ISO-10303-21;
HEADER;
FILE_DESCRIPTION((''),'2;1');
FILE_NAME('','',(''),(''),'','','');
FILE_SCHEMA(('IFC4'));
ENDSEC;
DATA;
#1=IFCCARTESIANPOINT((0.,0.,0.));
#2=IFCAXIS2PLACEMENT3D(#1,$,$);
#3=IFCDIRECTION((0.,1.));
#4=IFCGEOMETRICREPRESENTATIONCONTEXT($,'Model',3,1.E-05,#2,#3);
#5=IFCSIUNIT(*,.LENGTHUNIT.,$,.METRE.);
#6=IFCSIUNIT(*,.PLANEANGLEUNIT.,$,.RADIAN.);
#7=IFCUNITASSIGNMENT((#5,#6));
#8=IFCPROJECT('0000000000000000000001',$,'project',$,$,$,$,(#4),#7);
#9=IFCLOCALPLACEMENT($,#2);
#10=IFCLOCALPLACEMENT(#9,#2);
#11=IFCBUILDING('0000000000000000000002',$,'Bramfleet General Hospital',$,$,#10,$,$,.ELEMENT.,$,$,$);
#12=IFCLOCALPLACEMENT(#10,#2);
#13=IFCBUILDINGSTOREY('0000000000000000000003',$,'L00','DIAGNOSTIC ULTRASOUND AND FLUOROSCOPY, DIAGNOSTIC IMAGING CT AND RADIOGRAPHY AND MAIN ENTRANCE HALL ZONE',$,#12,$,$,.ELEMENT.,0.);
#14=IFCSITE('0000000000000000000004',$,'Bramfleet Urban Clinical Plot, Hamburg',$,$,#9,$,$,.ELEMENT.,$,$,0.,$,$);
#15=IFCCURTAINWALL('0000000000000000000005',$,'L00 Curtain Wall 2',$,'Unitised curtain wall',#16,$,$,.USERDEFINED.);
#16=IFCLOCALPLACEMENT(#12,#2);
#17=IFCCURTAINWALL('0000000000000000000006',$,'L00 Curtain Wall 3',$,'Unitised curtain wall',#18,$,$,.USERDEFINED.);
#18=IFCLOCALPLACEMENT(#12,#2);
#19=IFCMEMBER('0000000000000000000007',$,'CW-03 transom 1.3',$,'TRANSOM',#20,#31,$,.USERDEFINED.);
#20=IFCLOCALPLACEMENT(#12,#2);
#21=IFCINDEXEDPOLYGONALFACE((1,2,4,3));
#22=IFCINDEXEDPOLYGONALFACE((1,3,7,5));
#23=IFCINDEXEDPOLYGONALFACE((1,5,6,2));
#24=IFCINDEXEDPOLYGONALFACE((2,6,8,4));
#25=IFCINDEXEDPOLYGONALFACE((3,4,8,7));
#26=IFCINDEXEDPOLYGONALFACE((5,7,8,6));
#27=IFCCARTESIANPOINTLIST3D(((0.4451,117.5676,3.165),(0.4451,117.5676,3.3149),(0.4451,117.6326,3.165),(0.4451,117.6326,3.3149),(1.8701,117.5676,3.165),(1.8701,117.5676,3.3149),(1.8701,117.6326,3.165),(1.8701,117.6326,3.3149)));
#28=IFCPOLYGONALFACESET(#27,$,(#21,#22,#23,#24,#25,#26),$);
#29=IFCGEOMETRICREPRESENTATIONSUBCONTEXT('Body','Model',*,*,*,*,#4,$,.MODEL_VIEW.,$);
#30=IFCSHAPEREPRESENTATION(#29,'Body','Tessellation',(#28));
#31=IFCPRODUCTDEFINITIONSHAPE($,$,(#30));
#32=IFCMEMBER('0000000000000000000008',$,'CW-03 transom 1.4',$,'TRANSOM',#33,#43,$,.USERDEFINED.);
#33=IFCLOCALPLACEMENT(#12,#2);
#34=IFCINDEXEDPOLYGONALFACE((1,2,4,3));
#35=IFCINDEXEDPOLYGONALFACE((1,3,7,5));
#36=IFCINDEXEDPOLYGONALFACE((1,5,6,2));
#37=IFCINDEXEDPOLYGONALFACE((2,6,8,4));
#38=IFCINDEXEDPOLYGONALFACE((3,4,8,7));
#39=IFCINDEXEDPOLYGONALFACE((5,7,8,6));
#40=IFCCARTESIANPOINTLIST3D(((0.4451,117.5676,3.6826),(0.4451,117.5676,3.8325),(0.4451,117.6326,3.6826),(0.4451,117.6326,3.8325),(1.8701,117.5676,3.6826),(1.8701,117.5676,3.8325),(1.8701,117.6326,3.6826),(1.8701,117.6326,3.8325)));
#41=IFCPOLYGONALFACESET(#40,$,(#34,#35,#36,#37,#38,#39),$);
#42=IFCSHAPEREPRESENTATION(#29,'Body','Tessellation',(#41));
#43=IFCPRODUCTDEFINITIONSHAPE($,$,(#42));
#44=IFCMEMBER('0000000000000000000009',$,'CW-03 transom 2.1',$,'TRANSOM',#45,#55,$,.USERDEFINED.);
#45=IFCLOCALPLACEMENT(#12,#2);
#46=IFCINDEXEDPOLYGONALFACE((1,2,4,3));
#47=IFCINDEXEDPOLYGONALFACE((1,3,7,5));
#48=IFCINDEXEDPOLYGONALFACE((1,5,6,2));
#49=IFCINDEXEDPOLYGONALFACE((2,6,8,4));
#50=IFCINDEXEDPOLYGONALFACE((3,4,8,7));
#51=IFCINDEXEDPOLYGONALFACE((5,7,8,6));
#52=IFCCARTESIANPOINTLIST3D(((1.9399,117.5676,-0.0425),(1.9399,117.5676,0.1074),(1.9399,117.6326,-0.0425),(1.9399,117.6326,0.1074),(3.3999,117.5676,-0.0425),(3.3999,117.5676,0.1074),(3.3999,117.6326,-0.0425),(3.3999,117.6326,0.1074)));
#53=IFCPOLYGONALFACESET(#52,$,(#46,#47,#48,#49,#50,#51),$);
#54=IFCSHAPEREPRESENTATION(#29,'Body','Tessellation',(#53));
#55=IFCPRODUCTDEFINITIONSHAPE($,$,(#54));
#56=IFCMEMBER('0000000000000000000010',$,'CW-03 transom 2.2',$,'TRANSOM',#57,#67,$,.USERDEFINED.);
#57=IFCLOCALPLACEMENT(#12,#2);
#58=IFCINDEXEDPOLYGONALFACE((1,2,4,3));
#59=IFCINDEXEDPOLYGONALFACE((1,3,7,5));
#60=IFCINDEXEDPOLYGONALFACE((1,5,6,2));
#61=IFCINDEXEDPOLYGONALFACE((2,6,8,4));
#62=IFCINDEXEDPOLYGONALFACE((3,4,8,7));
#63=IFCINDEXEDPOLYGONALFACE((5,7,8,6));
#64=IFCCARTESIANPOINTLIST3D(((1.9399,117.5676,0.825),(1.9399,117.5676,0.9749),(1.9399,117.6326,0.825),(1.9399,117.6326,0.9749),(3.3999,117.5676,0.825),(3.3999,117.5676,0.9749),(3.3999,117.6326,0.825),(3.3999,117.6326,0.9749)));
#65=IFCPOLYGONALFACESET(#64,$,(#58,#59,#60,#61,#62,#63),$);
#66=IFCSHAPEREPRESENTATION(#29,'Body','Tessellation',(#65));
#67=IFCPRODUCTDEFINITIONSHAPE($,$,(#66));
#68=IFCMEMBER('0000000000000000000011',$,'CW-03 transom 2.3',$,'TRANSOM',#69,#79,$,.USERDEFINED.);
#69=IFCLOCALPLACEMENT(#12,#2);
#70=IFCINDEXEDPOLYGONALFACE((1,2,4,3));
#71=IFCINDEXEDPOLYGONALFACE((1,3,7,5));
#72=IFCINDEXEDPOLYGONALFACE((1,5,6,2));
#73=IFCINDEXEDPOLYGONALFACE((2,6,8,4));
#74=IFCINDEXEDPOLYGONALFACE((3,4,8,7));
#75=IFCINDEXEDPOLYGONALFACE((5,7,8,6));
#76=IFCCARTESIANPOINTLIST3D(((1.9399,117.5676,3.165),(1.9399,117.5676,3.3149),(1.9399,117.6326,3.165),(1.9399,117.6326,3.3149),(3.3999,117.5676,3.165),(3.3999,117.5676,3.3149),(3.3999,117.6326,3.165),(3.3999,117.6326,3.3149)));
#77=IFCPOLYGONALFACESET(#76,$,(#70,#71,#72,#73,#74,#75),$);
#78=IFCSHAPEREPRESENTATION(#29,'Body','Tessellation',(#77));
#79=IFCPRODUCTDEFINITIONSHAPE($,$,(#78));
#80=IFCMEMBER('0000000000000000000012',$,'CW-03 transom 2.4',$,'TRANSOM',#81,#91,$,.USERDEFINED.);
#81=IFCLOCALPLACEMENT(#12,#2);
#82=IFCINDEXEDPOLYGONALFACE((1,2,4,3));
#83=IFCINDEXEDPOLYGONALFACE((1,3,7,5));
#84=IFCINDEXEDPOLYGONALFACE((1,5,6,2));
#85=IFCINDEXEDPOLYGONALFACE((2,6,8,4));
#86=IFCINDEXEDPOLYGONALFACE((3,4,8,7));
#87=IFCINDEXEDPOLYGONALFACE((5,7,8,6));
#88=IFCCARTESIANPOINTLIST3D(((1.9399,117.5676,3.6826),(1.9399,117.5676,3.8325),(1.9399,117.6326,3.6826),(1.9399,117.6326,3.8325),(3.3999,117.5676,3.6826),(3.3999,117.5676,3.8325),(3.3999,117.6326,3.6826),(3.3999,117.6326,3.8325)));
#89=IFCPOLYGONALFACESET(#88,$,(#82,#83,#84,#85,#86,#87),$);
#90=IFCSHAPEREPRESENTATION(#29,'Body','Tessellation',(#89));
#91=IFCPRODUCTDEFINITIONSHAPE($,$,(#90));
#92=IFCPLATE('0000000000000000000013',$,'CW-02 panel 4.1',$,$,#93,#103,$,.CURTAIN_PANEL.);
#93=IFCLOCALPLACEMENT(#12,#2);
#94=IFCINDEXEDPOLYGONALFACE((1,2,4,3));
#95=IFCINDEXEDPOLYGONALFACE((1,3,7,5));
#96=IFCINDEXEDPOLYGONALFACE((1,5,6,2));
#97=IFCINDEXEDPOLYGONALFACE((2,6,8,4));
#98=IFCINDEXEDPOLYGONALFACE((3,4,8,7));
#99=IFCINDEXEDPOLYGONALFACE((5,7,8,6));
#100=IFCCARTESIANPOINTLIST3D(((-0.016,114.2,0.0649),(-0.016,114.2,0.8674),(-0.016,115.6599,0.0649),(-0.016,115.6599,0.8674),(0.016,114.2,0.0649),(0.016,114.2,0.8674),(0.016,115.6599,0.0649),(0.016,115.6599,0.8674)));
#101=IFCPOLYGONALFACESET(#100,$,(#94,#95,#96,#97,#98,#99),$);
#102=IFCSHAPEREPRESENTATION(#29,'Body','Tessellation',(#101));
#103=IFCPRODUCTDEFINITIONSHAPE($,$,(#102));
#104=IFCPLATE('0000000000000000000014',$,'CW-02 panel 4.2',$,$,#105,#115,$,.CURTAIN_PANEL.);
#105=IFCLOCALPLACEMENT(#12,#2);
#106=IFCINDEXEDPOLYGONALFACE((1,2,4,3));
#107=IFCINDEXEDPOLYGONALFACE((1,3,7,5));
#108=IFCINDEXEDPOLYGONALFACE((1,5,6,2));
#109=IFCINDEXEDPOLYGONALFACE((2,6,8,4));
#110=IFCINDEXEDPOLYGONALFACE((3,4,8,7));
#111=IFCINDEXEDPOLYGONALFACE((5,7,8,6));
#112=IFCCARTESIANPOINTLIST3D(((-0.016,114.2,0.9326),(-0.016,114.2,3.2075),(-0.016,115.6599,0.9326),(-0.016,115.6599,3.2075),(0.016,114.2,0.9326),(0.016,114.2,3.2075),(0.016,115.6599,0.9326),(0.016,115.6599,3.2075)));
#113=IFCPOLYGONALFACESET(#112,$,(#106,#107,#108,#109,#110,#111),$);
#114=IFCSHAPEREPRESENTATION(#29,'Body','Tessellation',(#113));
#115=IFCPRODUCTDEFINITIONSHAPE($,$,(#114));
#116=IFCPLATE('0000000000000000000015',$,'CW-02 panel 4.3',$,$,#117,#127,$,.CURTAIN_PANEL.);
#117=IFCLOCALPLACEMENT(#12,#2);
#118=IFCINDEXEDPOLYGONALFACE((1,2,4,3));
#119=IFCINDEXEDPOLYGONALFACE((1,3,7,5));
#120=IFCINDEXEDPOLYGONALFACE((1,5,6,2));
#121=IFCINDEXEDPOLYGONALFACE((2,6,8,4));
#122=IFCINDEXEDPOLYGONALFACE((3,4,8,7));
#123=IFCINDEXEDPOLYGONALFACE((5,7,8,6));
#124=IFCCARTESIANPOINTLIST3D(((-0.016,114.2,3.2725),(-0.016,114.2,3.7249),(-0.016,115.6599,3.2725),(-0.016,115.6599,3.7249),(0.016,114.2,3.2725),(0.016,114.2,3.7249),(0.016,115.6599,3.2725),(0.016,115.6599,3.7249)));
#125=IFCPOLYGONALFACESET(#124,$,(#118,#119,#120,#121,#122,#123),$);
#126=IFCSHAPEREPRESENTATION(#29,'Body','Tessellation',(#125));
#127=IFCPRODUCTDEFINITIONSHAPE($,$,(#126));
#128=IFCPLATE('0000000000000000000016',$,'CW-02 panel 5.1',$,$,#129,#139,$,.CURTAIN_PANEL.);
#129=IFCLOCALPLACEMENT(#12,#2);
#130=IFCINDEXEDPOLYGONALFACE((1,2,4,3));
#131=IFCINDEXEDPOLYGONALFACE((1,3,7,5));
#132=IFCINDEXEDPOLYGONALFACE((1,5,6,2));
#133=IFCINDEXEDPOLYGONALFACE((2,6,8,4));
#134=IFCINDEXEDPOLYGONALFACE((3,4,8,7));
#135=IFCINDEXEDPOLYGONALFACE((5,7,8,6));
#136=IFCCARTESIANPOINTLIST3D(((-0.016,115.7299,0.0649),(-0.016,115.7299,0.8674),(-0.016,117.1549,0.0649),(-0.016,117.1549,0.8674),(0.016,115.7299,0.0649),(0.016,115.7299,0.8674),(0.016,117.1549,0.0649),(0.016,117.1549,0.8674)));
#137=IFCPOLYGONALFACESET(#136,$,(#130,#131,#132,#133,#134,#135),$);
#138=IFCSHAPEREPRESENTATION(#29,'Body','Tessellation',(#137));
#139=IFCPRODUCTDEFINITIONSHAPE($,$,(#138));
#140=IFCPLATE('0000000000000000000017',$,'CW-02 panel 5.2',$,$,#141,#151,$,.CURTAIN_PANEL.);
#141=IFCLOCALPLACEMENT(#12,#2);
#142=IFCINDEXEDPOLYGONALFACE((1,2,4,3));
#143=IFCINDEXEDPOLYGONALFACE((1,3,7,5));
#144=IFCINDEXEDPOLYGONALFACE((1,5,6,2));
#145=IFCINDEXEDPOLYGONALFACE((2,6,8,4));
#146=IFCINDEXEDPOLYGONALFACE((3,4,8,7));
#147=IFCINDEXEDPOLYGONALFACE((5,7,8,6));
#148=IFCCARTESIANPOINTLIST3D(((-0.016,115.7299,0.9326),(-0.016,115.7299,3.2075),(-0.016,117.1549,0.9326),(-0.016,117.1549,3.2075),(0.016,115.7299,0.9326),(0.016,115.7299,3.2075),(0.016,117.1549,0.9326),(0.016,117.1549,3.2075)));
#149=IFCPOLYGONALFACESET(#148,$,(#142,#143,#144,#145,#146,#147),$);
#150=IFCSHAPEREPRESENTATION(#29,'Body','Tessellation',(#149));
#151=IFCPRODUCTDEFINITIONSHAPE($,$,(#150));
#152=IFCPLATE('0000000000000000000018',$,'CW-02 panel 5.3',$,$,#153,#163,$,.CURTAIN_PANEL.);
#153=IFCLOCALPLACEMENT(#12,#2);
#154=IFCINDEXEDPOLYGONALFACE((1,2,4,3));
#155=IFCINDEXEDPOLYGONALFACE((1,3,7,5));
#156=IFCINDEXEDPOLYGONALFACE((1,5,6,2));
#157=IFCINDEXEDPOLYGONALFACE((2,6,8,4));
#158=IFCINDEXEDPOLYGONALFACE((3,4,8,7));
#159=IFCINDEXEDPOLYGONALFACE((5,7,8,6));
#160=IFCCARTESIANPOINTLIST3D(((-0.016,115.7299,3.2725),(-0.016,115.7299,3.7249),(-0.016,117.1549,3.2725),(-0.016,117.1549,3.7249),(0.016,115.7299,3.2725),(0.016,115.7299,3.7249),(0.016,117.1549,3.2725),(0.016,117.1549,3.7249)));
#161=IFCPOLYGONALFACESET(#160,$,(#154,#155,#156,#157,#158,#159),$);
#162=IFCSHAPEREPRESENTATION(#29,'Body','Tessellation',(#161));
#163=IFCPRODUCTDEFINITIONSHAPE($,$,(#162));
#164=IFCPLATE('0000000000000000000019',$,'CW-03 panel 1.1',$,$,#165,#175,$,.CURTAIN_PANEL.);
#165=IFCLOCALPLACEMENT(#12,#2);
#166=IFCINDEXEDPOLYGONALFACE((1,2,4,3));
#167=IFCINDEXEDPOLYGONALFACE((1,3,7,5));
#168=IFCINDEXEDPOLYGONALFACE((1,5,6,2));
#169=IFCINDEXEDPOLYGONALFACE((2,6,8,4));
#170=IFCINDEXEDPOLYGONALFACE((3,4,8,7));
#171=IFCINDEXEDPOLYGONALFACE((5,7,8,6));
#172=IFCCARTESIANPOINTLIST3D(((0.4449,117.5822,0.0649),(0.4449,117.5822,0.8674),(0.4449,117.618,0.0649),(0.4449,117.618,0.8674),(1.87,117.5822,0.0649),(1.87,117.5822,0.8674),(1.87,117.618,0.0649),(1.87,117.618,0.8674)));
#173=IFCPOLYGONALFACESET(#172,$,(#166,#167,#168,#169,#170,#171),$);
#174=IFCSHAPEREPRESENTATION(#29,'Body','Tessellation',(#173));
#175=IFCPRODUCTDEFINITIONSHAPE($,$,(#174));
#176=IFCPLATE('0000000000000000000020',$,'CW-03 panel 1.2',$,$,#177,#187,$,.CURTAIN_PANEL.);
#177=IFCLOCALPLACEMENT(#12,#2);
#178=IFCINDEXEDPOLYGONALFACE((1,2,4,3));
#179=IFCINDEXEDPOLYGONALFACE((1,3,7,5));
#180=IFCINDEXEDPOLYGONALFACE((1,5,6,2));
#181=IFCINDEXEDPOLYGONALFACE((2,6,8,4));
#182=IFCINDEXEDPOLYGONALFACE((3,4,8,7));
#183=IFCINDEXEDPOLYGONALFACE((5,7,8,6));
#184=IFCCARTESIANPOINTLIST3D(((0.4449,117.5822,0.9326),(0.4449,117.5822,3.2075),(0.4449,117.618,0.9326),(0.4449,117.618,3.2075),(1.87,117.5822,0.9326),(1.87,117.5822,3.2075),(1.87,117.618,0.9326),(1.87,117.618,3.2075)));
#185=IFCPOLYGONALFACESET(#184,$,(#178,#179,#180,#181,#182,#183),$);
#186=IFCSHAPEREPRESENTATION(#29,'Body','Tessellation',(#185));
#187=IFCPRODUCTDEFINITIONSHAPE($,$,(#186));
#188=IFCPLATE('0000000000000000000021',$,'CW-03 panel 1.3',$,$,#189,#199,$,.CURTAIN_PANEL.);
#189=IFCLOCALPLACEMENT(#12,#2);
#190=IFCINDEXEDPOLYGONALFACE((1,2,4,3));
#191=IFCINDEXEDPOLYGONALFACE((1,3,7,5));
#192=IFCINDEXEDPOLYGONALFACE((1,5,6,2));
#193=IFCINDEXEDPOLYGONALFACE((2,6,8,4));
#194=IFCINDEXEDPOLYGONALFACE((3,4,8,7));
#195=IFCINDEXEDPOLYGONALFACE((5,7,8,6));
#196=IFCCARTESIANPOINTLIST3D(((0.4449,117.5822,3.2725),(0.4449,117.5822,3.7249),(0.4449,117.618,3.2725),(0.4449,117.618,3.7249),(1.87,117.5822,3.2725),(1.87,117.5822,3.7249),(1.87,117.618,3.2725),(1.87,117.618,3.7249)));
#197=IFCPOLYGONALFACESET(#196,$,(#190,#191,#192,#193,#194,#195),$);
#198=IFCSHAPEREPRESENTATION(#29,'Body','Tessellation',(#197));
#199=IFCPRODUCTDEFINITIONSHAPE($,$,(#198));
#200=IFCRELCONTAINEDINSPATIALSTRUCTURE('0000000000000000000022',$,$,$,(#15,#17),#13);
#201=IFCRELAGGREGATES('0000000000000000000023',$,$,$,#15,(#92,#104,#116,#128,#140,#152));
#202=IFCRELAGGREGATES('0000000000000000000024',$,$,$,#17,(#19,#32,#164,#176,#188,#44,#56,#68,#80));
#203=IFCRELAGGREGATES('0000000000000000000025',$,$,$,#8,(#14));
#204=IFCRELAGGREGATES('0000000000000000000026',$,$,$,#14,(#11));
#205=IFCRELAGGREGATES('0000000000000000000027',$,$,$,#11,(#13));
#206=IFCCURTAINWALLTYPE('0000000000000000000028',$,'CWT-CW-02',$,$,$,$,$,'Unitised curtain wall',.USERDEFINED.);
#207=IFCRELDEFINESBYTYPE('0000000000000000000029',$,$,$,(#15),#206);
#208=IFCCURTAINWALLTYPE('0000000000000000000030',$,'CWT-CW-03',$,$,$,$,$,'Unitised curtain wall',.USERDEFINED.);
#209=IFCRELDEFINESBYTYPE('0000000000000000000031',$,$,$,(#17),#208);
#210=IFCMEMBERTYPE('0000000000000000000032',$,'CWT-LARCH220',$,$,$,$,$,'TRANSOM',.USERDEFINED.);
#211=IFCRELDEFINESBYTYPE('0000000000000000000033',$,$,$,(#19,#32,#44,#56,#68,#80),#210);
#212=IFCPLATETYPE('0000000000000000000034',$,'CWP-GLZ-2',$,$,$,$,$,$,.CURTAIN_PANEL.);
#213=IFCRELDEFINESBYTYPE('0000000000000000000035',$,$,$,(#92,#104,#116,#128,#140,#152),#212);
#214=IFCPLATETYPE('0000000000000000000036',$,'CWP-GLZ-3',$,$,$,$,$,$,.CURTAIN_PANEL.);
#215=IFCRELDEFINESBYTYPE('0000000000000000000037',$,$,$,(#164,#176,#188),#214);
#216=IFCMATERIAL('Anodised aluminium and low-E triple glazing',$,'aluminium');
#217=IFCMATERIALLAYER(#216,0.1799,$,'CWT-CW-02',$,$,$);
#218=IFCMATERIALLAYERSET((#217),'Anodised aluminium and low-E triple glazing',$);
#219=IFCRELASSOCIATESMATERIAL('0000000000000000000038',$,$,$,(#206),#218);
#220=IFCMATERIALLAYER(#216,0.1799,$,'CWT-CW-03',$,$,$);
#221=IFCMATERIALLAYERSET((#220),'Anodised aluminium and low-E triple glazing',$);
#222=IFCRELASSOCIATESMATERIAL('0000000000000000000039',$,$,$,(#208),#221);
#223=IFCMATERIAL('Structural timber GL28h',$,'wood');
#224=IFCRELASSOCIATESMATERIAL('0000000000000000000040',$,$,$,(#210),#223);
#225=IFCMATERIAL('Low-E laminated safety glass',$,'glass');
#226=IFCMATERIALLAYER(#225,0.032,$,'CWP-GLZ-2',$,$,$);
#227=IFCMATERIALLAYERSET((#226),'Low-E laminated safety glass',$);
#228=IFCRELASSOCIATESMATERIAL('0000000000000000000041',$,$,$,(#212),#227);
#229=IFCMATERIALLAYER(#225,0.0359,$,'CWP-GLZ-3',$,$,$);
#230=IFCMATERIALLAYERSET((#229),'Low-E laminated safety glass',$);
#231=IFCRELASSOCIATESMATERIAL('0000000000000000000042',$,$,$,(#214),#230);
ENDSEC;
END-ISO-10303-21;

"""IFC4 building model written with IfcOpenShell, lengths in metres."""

from ifc_helpers import new_model, si_unit, direction, frame, origin, origin_2d, place, context, subcontext, project, spatial, rectangle, extrude, material, layer, layer_set, material_profile, profile_set, type_object, element, aggregate, save


model = new_model("IFC4")

# Units and contexts
model_context = context("Model", 3, precision=1e-05, world=origin(), true_north=direction((0.0, 1.0)))
body_context = subcontext(model_context, "Body", "Model", "MODEL_VIEW")
ifc_project = project(units=[si_unit("LENGTHUNIT", "METRE"), si_unit("PLANEANGLEUNIT", "RADIAN")], contexts=[model_context])

# Site, building, storey
site_placement = place(None, origin())
site = spatial("IfcSite", under=ifc_project, at=site_placement, Name="Bramfleet Urban Clinical Plot, Hamburg", CompositionType="ELEMENT", RefElevation=0.0)
building_placement = place(site_placement, origin())
building = spatial("IfcBuilding", under=site, at=building_placement, Name="Bramfleet General Hospital", CompositionType="ELEMENT")
storey_placement = place(building_placement, origin())
storey = spatial("IfcBuildingStorey", under=building, at=storey_placement, Name="L00", Description="DIAGNOSTIC ULTRASOUND AND FLUOROSCOPY, DIAGNOSTIC IMAGING CT AND RADIOGRAPHY AND MAIN ENTRANCE HALL ZONE", CompositionType="ELEMENT", Elevation=0.0)

# Curtain walls
ifc_material_1 = material(Name="Anodised aluminium and low-E triple glazing", Category="aluminium")
ifc_layer_1 = layer(ifc_material_1, 0.1799, Name="CWT-CW-02")
ifc_layer_set_1 = layer_set([ifc_layer_1], Name="Anodised aluminium and low-E triple glazing")
curtain_wall_type_1 = type_object("IfcCurtainWallType", Name="CWT-CW-02", ElementType="Unitised curtain wall", PredefinedType="USERDEFINED", material=ifc_layer_set_1)
curtain_wall_1_placement = place(storey_placement, origin())
curtain_wall_1 = element("IfcCurtainWall", 1, at=curtain_wall_1_placement, inside=storey, type_object=curtain_wall_type_1, Name="L00 Curtain Wall 2", ObjectType="Unitised curtain wall", PredefinedType="USERDEFINED")
ifc_material_2 = material(Name="Structural timber GL28h", Category="wood")
ifc_layer_2 = layer(ifc_material_1, 0.1799, Name="CWT-CW-03")
ifc_layer_set_2 = layer_set([ifc_layer_2], Name="Anodised aluminium and low-E triple glazing")
curtain_wall_type_2 = type_object("IfcCurtainWallType", Name="CWT-CW-03", ElementType="Unitised curtain wall", PredefinedType="USERDEFINED", material=ifc_layer_set_2)
curtain_wall_2_placement = place(storey_placement, origin())
curtain_wall_2 = element("IfcCurtainWall", 2, at=curtain_wall_2_placement, inside=storey, type_object=curtain_wall_type_2, Name="L00 Curtain Wall 3", ObjectType="Unitised curtain wall", PredefinedType="USERDEFINED")

# Members
ifc_material_profile_1 = material_profile(ifc_material_2, rectangle(XDim=0.0649, YDim=0.1499, at=origin_2d()), Name="LARCH 150x65")
ifc_profile_set_1 = profile_set([ifc_material_profile_1], Name="Structural timber GL28h")
member_type_1 = type_object("IfcMemberType", Name="CWT-LARCH220", ElementType="TRANSOM", PredefinedType="USERDEFINED", material=ifc_profile_set_1)
member_1_placement = place(storey_placement, frame((0.4451, 117.6001, 3.24), z_axis=(1.0, 0.0, 0.0), x_axis=(0.0, 1.0, 0.0)))
member_1 = element("IfcMember", 3, at=member_1_placement, type_object=member_type_1, Name="CW-03 transom 1.3", ObjectType="TRANSOM", PredefinedType="USERDEFINED", context=body_context, shape_type="SweptSolid", body=[
    extrude(rectangle(XDim=0.0649, YDim=0.1499, at=origin_2d()), origin(), (0.0, 0.0, 1.0), 1.425),
])
member_2_placement = place(storey_placement, frame((0.4451, 117.6001, 3.7576), z_axis=(1.0, 0.0, 0.0), x_axis=(0.0, 1.0, 0.0)))
member_2 = element("IfcMember", 4, at=member_2_placement, type_object=member_type_1, Name="CW-03 transom 1.4", ObjectType="TRANSOM", PredefinedType="USERDEFINED", context=body_context, shape_type="SweptSolid", body=[
    extrude(rectangle(XDim=0.0649, YDim=0.1499, at=origin_2d()), origin(), (0.0, 0.0, 1.0), 1.425),
])
member_3_placement = place(storey_placement, frame((1.9399, 117.6001, 0.0325), z_axis=(1.0, 0.0, 0.0), x_axis=(0.0, 1.0, 0.0)))
member_3 = element("IfcMember", 5, at=member_3_placement, type_object=member_type_1, Name="CW-03 transom 2.1", ObjectType="TRANSOM", PredefinedType="USERDEFINED", context=body_context, shape_type="SweptSolid", body=[
    extrude(rectangle(XDim=0.0649, YDim=0.1499, at=origin_2d()), origin(), (0.0, 0.0, 1.0), 1.46),
])
member_4_placement = place(storey_placement, frame((1.9399, 117.6001, 0.8999), z_axis=(1.0, 0.0, 0.0), x_axis=(0.0, 1.0, 0.0)))
member_4 = element("IfcMember", 6, at=member_4_placement, type_object=member_type_1, Name="CW-03 transom 2.2", ObjectType="TRANSOM", PredefinedType="USERDEFINED", context=body_context, shape_type="SweptSolid", body=[
    extrude(rectangle(XDim=0.0649, YDim=0.1499, at=origin_2d()), origin(), (0.0, 0.0, 1.0), 1.46),
])
member_5_placement = place(storey_placement, frame((1.9399, 117.6001, 3.24), z_axis=(1.0, 0.0, 0.0), x_axis=(0.0, 1.0, 0.0)))
member_5 = element("IfcMember", 7, at=member_5_placement, type_object=member_type_1, Name="CW-03 transom 2.3", ObjectType="TRANSOM", PredefinedType="USERDEFINED", context=body_context, shape_type="SweptSolid", body=[
    extrude(rectangle(XDim=0.0649, YDim=0.1499, at=origin_2d()), origin(), (0.0, 0.0, 1.0), 1.46),
])
member_6_placement = place(storey_placement, frame((1.9399, 117.6001, 3.7576), z_axis=(1.0, 0.0, 0.0), x_axis=(0.0, 1.0, 0.0)))
member_6 = element("IfcMember", 8, at=member_6_placement, type_object=member_type_1, Name="CW-03 transom 2.4", ObjectType="TRANSOM", PredefinedType="USERDEFINED", context=body_context, shape_type="SweptSolid", body=[
    extrude(rectangle(XDim=0.0649, YDim=0.1499, at=origin_2d()), origin(), (0.0, 0.0, 1.0), 1.46),
])

# Plates
ifc_material_3 = material(Name="Low-E laminated safety glass", Category="glass")
ifc_layer_3 = layer(ifc_material_3, 0.032, Name="CWP-GLZ-2")
ifc_layer_set_3 = layer_set([ifc_layer_3], Name="Low-E laminated safety glass")
plate_type_1 = type_object("IfcPlateType", Name="CWP-GLZ-2", PredefinedType="CURTAIN_PANEL", material=ifc_layer_set_3)
plate_1_placement = place(storey_placement, frame((0.0, 114.9299, 0.0649), z_axis=(0.0, 0.0, 1.0), x_axis=(0.0, 1.0, 0.0)))
plate_1 = element("IfcPlate", 9, at=plate_1_placement, type_object=plate_type_1, Name="CW-02 panel 4.1", PredefinedType="CURTAIN_PANEL", context=body_context, shape_type="SweptSolid", body=[
    extrude(rectangle(XDim=1.46, YDim=0.032, at=origin_2d()), origin(), (0.0, 0.0, 1.0), 0.8025),
])
plate_2_placement = place(storey_placement, frame((0.0, 114.9299, 0.9326), z_axis=(0.0, 0.0, 1.0), x_axis=(0.0, 1.0, 0.0)))
plate_2 = element("IfcPlate", 10, at=plate_2_placement, type_object=plate_type_1, Name="CW-02 panel 4.2", PredefinedType="CURTAIN_PANEL", context=body_context, shape_type="SweptSolid", body=[
    extrude(rectangle(XDim=1.46, YDim=0.032, at=origin_2d()), origin(), (0.0, 0.0, 1.0), 2.2749),
])
plate_3_placement = place(storey_placement, frame((0.0, 114.9299, 3.2725), z_axis=(0.0, 0.0, 1.0), x_axis=(0.0, 1.0, 0.0)))
plate_3 = element("IfcPlate", 11, at=plate_3_placement, type_object=plate_type_1, Name="CW-02 panel 4.3", PredefinedType="CURTAIN_PANEL", context=body_context, shape_type="SweptSolid", body=[
    extrude(rectangle(XDim=1.46, YDim=0.032, at=origin_2d()), origin(), (0.0, 0.0, 1.0), 0.4524),
])
plate_4_placement = place(storey_placement, frame((0.0, 116.4424, 0.0649), z_axis=(0.0, 0.0, 1.0), x_axis=(0.0, 1.0, 0.0)))
plate_4 = element("IfcPlate", 12, at=plate_4_placement, type_object=plate_type_1, Name="CW-02 panel 5.1", PredefinedType="CURTAIN_PANEL", context=body_context, shape_type="SweptSolid", body=[
    extrude(rectangle(XDim=1.425, YDim=0.032, at=origin_2d()), origin(), (0.0, 0.0, 1.0), 0.8025),
])
plate_5_placement = place(storey_placement, frame((0.0, 116.4424, 0.9326), z_axis=(0.0, 0.0, 1.0), x_axis=(0.0, 1.0, 0.0)))
plate_5 = element("IfcPlate", 13, at=plate_5_placement, type_object=plate_type_1, Name="CW-02 panel 5.2", PredefinedType="CURTAIN_PANEL", context=body_context, shape_type="SweptSolid", body=[
    extrude(rectangle(XDim=1.425, YDim=0.032, at=origin_2d()), origin(), (0.0, 0.0, 1.0), 2.2749),
])
plate_6_placement = place(storey_placement, frame((0.0, 116.4424, 3.2725), z_axis=(0.0, 0.0, 1.0), x_axis=(0.0, 1.0, 0.0)))
plate_6 = element("IfcPlate", 14, at=plate_6_placement, type_object=plate_type_1, Name="CW-02 panel 5.3", PredefinedType="CURTAIN_PANEL", context=body_context, shape_type="SweptSolid", body=[
    extrude(rectangle(XDim=1.425, YDim=0.032, at=origin_2d()), origin(), (0.0, 0.0, 1.0), 0.4524),
])
aggregate(curtain_wall_1, [plate_1, plate_2, plate_3, plate_4, plate_5, plate_6])
ifc_layer_4 = layer(ifc_material_3, 0.0359, Name="CWP-GLZ-3")
ifc_layer_set_4 = layer_set([ifc_layer_4], Name="Low-E laminated safety glass")
plate_type_2 = type_object("IfcPlateType", Name="CWP-GLZ-3", PredefinedType="CURTAIN_PANEL", material=ifc_layer_set_4)
plate_7_placement = place(storey_placement, frame((1.1575, 117.6001, 0.0649), z_axis=(0.0, 0.0, 1.0), x_axis=(1.0, 0.0, 0.0)))
plate_7 = element("IfcPlate", 15, at=plate_7_placement, type_object=plate_type_2, Name="CW-03 panel 1.1", PredefinedType="CURTAIN_PANEL", context=body_context, shape_type="SweptSolid", body=[
    extrude(rectangle(XDim=1.425, YDim=0.0359, at=origin_2d()), origin(), (0.0, 0.0, 1.0), 0.8025),
])
plate_8_placement = place(storey_placement, frame((1.1575, 117.6001, 0.9326), z_axis=(0.0, 0.0, 1.0), x_axis=(1.0, 0.0, 0.0)))
plate_8 = element("IfcPlate", 16, at=plate_8_placement, type_object=plate_type_2, Name="CW-03 panel 1.2", PredefinedType="CURTAIN_PANEL", context=body_context, shape_type="SweptSolid", body=[
    extrude(rectangle(XDim=1.425, YDim=0.0359, at=origin_2d()), origin(), (0.0, 0.0, 1.0), 2.2749),
])
plate_9_placement = place(storey_placement, frame((1.1575, 117.6001, 3.2725), z_axis=(0.0, 0.0, 1.0), x_axis=(1.0, 0.0, 0.0)))
plate_9 = element("IfcPlate", 17, at=plate_9_placement, type_object=plate_type_2, Name="CW-03 panel 1.3", PredefinedType="CURTAIN_PANEL", context=body_context, shape_type="SweptSolid", body=[
    extrude(rectangle(XDim=1.425, YDim=0.0359, at=origin_2d()), origin(), (0.0, 0.0, 1.0), 0.4524),
])
aggregate(curtain_wall_2, [member_1, member_2, plate_7, plate_8, plate_9, member_3, member_4, member_5, member_6])

save(model, "model.ifc")
